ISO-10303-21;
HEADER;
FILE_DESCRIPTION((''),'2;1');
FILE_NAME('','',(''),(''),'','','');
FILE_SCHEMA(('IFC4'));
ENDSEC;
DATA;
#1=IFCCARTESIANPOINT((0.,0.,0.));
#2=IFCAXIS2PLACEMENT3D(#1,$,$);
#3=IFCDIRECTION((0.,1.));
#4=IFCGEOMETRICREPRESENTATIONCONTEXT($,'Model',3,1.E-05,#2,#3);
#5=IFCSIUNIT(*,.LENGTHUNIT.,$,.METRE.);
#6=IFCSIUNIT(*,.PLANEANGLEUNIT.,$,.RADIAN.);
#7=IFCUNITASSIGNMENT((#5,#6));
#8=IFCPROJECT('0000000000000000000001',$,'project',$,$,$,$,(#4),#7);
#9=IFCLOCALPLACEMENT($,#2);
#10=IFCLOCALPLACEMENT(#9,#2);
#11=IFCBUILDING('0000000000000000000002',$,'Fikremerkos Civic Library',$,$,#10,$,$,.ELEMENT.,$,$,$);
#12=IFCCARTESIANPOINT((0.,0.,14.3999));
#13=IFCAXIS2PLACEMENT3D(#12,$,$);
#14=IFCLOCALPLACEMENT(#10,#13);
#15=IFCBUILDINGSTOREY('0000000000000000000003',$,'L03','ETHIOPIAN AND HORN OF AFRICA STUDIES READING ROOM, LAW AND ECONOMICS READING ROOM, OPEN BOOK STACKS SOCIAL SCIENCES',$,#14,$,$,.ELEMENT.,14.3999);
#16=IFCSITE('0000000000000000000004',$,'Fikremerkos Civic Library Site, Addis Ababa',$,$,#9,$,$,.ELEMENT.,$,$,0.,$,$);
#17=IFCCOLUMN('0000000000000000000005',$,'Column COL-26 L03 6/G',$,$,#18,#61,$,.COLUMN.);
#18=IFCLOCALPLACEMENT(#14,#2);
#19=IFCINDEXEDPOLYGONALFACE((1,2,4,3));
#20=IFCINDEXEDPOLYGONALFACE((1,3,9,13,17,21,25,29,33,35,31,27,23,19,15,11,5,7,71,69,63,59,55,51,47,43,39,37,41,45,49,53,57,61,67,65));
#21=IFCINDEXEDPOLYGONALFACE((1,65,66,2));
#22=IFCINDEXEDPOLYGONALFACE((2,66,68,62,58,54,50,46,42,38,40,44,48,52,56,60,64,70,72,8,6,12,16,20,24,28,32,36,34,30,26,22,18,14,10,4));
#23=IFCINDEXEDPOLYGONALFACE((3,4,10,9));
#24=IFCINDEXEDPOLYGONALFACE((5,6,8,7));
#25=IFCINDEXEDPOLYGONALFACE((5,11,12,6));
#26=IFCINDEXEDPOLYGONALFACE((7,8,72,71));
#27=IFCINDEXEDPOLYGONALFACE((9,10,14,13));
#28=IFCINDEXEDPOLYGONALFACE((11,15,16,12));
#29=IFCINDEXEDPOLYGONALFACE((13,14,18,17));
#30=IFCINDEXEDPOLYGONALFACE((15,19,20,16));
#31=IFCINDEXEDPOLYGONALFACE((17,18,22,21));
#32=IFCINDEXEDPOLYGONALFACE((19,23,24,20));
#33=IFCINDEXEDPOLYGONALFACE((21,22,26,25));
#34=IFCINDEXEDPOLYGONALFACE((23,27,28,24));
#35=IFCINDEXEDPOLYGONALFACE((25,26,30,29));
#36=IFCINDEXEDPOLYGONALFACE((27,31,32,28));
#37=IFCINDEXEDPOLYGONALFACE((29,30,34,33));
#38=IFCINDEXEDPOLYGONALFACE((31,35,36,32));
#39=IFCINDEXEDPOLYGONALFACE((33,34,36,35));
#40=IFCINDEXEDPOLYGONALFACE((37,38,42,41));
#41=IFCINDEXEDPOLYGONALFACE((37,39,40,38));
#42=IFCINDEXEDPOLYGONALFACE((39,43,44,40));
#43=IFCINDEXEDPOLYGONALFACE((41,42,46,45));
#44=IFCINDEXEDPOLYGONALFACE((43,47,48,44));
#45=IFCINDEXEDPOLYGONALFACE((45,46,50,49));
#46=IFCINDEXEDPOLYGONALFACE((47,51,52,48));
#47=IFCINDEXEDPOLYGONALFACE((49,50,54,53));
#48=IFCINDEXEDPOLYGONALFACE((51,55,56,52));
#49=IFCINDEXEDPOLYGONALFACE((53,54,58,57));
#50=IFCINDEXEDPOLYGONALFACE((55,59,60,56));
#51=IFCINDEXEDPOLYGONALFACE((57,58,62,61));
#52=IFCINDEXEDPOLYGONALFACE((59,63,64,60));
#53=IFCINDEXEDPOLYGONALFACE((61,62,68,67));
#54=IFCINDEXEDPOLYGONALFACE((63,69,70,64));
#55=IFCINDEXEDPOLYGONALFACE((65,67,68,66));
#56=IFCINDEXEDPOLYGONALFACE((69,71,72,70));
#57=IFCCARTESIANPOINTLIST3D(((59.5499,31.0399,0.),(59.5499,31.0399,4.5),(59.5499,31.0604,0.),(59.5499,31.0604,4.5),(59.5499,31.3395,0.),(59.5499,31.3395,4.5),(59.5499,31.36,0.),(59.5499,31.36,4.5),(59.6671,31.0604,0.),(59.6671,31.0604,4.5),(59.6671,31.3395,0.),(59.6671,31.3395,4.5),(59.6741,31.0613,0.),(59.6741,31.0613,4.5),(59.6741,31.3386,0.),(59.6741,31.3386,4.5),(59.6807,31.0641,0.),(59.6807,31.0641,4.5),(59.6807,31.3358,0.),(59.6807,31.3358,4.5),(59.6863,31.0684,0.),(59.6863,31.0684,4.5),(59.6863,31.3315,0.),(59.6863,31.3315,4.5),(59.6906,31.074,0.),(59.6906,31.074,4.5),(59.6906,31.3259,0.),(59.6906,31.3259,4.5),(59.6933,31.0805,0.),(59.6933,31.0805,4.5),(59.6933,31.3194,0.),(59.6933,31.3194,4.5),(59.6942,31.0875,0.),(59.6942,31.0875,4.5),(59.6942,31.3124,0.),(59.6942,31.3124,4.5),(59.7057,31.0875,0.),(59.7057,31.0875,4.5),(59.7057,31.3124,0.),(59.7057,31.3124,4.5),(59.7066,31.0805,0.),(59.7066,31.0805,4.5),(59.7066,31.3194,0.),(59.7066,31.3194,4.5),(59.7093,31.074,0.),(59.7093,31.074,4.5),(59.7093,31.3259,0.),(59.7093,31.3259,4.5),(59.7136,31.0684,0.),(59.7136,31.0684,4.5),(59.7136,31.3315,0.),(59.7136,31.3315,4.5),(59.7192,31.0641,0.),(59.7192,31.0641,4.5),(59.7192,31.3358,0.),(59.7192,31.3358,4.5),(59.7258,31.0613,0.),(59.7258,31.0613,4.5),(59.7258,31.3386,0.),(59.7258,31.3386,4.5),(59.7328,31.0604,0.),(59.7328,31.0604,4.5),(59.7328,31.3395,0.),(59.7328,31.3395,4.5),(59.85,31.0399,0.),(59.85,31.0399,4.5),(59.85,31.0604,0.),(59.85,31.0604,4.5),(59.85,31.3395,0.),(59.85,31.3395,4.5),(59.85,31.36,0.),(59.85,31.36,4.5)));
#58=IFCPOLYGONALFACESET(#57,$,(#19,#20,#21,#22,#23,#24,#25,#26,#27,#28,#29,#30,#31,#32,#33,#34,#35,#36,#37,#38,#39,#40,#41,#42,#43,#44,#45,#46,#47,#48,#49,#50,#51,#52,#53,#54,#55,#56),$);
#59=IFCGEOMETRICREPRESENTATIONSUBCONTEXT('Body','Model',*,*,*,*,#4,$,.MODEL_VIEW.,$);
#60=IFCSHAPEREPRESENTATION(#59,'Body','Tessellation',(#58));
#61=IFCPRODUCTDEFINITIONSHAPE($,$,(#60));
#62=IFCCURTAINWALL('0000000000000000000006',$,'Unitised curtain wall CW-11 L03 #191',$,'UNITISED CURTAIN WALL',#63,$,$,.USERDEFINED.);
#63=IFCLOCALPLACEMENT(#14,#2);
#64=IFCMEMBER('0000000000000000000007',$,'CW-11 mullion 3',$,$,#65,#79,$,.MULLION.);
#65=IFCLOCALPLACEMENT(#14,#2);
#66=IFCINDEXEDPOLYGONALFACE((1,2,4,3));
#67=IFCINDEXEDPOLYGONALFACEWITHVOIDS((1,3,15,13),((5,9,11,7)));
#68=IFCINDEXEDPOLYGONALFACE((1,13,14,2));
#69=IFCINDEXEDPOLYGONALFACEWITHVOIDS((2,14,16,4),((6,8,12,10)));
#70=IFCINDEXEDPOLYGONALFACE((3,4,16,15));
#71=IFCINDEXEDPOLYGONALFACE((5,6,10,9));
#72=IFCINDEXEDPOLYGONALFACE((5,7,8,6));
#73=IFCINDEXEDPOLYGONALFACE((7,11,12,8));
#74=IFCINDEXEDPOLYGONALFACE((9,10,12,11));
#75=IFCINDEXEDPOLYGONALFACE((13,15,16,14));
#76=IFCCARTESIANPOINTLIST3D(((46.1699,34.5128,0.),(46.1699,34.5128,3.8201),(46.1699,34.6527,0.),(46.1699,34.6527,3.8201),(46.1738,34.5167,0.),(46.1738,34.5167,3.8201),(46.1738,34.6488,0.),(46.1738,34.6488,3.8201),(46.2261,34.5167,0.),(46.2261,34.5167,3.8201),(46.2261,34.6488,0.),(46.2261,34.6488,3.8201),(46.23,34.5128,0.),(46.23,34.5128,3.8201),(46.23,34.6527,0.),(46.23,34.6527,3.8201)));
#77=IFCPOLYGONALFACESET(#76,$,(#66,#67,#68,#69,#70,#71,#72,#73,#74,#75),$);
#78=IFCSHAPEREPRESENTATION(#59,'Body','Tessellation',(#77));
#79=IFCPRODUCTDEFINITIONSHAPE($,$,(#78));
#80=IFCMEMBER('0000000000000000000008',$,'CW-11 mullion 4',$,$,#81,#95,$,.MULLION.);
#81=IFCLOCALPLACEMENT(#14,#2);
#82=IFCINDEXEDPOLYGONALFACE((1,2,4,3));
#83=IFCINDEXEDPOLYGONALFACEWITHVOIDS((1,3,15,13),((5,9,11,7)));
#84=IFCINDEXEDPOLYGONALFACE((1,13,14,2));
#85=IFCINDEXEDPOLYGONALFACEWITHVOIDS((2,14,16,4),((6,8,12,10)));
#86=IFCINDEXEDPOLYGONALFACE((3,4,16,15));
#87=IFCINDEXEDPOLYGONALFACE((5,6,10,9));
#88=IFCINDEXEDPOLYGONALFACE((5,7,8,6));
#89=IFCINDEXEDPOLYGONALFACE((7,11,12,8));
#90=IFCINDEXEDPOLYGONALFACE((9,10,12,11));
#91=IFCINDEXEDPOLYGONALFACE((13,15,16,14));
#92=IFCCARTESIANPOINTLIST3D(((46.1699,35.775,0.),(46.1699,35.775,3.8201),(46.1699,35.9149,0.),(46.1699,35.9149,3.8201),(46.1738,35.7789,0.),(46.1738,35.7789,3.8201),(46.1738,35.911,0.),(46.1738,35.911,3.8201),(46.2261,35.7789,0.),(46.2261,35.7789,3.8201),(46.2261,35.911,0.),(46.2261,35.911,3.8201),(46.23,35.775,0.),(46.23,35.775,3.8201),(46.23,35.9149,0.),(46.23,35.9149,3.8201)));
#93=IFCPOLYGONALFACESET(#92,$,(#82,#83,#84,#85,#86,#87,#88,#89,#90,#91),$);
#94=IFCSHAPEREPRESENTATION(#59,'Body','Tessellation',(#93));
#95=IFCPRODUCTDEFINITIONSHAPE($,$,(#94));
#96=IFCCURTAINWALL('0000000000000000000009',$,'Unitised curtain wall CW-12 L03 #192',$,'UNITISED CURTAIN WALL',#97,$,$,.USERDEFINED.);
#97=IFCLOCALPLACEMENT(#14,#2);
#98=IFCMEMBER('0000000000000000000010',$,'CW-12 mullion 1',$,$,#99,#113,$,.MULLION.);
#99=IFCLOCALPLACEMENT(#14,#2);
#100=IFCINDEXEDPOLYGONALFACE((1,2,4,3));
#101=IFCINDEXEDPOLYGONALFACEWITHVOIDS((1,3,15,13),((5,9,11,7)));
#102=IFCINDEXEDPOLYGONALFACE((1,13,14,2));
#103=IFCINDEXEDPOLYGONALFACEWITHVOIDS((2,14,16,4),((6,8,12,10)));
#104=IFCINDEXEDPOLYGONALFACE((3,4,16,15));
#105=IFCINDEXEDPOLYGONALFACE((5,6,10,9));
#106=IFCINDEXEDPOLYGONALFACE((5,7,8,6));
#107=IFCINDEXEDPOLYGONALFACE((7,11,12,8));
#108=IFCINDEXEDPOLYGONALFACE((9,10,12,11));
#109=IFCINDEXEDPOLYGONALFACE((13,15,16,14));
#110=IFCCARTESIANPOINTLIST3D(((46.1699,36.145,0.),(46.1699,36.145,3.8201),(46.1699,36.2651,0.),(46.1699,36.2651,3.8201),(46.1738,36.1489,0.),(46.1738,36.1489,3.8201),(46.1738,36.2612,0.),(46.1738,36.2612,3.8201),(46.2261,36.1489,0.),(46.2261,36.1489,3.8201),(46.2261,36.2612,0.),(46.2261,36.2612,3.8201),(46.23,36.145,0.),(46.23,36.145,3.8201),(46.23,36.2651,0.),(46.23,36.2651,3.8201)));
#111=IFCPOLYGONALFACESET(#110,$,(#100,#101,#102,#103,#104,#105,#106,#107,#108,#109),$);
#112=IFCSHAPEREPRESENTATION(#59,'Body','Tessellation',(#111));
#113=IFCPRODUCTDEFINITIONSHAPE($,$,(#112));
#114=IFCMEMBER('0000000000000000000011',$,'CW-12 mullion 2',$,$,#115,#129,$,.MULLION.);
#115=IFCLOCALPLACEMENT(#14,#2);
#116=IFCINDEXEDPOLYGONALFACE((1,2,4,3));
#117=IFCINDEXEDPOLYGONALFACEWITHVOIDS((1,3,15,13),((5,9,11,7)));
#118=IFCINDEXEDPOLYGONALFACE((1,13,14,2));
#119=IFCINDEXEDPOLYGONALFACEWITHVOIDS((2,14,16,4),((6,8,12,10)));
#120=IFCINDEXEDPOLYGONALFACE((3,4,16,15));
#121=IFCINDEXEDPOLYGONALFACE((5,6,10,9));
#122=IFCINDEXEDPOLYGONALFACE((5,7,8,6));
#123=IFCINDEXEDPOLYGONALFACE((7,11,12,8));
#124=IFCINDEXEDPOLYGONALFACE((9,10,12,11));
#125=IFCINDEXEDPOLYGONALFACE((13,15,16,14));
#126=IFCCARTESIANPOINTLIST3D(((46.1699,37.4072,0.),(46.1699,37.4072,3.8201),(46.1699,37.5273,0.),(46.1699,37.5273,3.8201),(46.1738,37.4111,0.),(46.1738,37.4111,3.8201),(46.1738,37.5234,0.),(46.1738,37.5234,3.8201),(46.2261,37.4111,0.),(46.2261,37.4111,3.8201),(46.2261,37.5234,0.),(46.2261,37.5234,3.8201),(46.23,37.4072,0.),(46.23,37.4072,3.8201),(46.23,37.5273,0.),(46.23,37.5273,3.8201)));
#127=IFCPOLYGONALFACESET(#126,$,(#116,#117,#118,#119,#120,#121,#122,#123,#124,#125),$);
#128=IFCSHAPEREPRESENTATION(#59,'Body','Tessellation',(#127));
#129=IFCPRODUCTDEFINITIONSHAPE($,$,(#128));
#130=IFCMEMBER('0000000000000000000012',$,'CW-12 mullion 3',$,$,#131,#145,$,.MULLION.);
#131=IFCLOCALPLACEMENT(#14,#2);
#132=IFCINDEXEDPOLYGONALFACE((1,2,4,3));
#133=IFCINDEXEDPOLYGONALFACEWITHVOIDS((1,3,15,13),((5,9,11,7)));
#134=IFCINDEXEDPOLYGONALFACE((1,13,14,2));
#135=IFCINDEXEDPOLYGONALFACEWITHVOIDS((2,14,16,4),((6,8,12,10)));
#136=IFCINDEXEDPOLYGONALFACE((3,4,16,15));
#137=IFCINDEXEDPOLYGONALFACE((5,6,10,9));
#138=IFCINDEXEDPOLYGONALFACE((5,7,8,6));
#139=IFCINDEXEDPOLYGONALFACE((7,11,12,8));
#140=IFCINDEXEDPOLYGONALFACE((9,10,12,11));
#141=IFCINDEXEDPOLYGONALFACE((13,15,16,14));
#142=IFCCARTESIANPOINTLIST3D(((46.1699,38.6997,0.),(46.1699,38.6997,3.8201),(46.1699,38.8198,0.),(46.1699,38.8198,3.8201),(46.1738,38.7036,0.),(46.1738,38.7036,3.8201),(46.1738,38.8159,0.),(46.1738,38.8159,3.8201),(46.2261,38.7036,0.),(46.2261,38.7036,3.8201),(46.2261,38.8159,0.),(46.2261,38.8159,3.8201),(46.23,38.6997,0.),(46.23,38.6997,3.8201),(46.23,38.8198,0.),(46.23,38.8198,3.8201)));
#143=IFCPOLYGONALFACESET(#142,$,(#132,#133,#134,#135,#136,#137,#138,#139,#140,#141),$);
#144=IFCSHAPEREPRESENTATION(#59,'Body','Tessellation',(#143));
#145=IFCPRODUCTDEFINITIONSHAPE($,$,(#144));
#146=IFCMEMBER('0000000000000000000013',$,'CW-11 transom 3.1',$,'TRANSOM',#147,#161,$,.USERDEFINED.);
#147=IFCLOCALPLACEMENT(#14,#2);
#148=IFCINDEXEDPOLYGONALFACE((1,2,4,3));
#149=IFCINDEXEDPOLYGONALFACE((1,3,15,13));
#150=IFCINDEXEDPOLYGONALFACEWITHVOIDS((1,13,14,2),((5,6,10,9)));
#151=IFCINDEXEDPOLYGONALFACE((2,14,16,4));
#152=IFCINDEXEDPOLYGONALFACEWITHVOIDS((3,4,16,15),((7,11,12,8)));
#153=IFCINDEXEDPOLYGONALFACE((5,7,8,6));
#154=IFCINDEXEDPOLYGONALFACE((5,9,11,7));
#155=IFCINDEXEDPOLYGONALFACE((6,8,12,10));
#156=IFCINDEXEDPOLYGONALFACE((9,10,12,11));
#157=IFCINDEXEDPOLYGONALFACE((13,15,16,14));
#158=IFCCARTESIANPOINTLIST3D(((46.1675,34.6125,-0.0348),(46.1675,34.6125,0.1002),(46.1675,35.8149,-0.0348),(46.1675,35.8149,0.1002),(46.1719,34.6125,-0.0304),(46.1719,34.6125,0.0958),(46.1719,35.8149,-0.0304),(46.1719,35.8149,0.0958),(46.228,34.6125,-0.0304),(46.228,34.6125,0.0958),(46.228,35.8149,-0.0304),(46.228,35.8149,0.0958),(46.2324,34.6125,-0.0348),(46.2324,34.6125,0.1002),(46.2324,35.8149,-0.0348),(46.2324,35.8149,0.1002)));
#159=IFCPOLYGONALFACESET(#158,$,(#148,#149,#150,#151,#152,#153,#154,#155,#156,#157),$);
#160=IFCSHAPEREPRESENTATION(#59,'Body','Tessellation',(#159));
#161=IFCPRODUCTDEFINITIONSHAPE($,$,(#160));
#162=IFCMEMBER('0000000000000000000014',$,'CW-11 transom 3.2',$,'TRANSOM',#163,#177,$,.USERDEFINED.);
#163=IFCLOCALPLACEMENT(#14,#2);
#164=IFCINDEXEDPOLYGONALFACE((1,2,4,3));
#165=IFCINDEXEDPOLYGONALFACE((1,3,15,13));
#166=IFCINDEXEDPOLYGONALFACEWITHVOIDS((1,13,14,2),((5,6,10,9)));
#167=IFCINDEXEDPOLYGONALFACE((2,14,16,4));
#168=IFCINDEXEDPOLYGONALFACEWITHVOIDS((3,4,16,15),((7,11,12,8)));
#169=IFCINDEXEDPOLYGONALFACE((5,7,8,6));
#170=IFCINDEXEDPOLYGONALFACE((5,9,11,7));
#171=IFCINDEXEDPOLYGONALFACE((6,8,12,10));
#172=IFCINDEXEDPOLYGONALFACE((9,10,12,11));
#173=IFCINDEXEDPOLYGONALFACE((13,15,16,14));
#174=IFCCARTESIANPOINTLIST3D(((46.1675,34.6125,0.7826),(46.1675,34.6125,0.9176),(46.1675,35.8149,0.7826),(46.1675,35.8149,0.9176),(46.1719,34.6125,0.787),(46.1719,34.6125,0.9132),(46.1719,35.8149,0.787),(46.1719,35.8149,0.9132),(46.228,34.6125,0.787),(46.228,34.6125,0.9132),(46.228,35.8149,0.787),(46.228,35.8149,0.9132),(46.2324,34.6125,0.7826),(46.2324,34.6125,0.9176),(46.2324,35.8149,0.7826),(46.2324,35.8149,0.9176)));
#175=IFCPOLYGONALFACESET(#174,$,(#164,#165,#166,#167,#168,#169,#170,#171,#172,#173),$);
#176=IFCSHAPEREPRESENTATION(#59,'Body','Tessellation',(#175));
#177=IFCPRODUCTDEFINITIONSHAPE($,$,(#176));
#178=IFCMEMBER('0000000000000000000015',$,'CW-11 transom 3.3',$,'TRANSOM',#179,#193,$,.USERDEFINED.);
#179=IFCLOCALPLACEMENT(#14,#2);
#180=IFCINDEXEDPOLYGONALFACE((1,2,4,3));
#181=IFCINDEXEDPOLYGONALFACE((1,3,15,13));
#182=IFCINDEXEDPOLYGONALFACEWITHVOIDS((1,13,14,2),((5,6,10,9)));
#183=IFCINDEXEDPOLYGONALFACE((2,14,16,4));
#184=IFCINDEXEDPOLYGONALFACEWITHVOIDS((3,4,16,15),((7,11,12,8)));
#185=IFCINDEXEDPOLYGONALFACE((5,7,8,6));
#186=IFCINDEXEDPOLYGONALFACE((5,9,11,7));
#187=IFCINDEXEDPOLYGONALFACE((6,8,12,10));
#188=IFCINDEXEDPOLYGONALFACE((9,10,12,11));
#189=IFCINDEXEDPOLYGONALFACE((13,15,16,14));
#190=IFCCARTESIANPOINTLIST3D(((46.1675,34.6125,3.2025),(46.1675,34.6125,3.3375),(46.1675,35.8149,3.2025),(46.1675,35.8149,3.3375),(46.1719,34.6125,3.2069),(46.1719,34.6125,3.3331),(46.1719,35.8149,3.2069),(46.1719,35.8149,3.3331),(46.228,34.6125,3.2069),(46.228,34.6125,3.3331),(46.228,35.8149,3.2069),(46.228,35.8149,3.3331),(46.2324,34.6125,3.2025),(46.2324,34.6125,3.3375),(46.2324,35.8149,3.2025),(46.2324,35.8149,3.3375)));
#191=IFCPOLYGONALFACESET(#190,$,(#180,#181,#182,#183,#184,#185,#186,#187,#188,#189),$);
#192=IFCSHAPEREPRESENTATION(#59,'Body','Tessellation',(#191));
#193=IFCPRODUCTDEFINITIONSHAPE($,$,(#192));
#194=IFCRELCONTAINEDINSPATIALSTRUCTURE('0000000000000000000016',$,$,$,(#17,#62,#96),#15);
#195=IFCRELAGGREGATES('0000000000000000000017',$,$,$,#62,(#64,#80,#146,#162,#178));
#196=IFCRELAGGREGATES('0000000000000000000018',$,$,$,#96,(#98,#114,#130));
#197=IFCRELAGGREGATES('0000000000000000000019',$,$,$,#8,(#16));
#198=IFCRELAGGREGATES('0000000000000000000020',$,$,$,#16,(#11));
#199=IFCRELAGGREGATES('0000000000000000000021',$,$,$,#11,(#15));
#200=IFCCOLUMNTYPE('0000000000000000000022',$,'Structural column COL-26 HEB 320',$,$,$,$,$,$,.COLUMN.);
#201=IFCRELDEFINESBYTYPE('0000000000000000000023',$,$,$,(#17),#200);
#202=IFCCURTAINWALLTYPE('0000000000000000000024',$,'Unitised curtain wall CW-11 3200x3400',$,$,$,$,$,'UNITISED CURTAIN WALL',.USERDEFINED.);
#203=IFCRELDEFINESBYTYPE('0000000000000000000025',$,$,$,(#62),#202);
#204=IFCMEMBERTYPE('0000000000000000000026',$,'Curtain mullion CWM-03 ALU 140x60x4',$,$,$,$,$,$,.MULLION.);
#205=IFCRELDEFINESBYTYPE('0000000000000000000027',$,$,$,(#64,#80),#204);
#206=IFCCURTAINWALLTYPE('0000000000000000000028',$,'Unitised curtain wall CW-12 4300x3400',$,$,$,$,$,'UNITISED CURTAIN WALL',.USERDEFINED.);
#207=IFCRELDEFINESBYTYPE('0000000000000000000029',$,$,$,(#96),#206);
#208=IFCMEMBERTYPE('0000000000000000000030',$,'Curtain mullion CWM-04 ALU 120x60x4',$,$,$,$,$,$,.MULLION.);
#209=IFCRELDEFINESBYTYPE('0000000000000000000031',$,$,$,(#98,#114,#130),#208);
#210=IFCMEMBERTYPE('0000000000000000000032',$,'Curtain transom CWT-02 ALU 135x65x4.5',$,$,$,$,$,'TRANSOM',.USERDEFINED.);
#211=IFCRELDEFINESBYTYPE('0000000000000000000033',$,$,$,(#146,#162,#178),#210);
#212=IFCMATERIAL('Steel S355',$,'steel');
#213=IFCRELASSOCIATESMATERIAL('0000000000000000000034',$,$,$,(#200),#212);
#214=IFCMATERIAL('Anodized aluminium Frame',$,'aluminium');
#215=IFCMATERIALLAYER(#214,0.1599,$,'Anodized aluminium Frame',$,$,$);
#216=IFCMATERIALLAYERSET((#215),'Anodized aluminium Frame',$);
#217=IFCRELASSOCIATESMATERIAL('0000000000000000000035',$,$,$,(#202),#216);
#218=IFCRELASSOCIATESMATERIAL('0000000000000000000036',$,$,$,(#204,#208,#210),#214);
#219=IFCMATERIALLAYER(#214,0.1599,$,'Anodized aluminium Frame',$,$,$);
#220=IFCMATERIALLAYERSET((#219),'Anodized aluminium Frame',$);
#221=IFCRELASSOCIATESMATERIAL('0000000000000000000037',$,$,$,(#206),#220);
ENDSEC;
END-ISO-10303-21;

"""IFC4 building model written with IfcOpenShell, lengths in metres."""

from ifc_helpers import new_model, si_unit, direction, frame, origin, origin_2d, place, context, subcontext, project, spatial, hollow_rectangle, i_section, extrude, material, layer, layer_set, material_profile, profile_set, type_object, element, aggregate, save


model = new_model("IFC4")

# Units and contexts
model_context = context("Model", 3, precision=1e-05, world=origin(), true_north=direction((0.0, 1.0)))
body_context = subcontext(model_context, "Body", "Model", "MODEL_VIEW")
ifc_project = project(units=[si_unit("LENGTHUNIT", "METRE"), si_unit("PLANEANGLEUNIT", "RADIAN")], contexts=[model_context])

# Site, building, storey
site_placement = place(None, origin())
site = spatial("IfcSite", under=ifc_project, at=site_placement, Name="Fikremerkos Civic Library Site, Addis Ababa", CompositionType="ELEMENT", RefElevation=0.0)
building_placement = place(site_placement, origin())
building = spatial("IfcBuilding", under=site, at=building_placement, Name="Fikremerkos Civic Library", CompositionType="ELEMENT")
storey_placement = place(building_placement, frame((0.0, 0.0, 14.3999)))
storey = spatial("IfcBuildingStorey", under=building, at=storey_placement, Name="L03", Description="ETHIOPIAN AND HORN OF AFRICA STUDIES READING ROOM, LAW AND ECONOMICS READING ROOM, OPEN BOOK STACKS SOCIAL SCIENCES", CompositionType="ELEMENT", Elevation=14.3999)

# Column
ifc_material_1 = material(Name="Steel S355", Category="steel")
ifc_material_profile_1 = material_profile(ifc_material_1, i_section(OverallWidth=0.3, OverallDepth=0.3201, WebThickness=0.0115, FlangeThickness=0.0205, FilletRadius=0.0271, at=origin_2d()), Name="HEB 320")
ifc_profile_set_1 = profile_set([ifc_material_profile_1], Name="Steel S355")
column_type = type_object("IfcColumnType", Name="Structural column COL-26 HEB 320", PredefinedType="COLUMN", material=ifc_profile_set_1)
column_placement = place(storey_placement, frame((59.7, 31.2, 0.0), z_axis=(0.0, 0.0, 1.0), x_axis=(1.0, 0.0, 0.0)))
element("IfcColumn", 1, at=column_placement, inside=storey, type_object=column_type, Name="Column COL-26 L03 6/G", PredefinedType="COLUMN", context=body_context, shape_type="SweptSolid", body=[
    extrude(i_section(OverallWidth=0.3, OverallDepth=0.3201, WebThickness=0.0115, FlangeThickness=0.0205, FilletRadius=0.0271, at=origin_2d()), origin(), (0.0, 0.0, 1.0), 4.5),
])

# Curtain walls, members
ifc_material_2 = material(Name="Anodized aluminium Frame", Category="aluminium")
ifc_layer_1 = layer(ifc_material_2, 0.1599, Name="Anodized aluminium Frame")
ifc_layer_set_1 = layer_set([ifc_layer_1], Name="Anodized aluminium Frame")
curtain_wall_type_1 = type_object("IfcCurtainWallType", Name="Unitised curtain wall CW-11 3200x3400", ElementType="UNITISED CURTAIN WALL", PredefinedType="USERDEFINED", material=ifc_layer_set_1)
curtain_wall_1_placement = place(storey_placement, origin())
curtain_wall_1 = element("IfcCurtainWall", 2, at=curtain_wall_1_placement, inside=storey, type_object=curtain_wall_type_1, Name="Unitised curtain wall CW-11 L03 #191", ObjectType="UNITISED CURTAIN WALL", PredefinedType="USERDEFINED")
ifc_material_profile_2 = material_profile(ifc_material_2, hollow_rectangle(XDim=0.0601, YDim=0.1399, WallThickness=0.0039, at=origin_2d()), Name="ALU 140x60x4")
ifc_profile_set_2 = profile_set([ifc_material_profile_2], Name="Anodized aluminium Frame")
member_type_1 = type_object("IfcMemberType", Name="Curtain mullion CWM-03 ALU 140x60x4", PredefinedType="MULLION", material=ifc_profile_set_2)
member_1_placement = place(storey_placement, frame((46.2, 34.5828, 0.0), z_axis=(0.0, 0.0, 1.0), x_axis=(-1.0, 0.0, 0.0)))
member_1 = element("IfcMember", 3, at=member_1_placement, type_object=member_type_1, Name="CW-11 mullion 3", PredefinedType="MULLION", context=body_context, shape_type="SweptSolid", body=[
    extrude(hollow_rectangle(XDim=0.0601, YDim=0.1399, WallThickness=0.0039, at=origin_2d()), origin(), (0.0, 0.0, 1.0), 3.8201),
])
member_2_placement = place(storey_placement, frame((46.2, 35.845, 0.0), z_axis=(0.0, 0.0, 1.0), x_axis=(-1.0, 0.0, 0.0)))
member_2 = element("IfcMember", 4, at=member_2_placement, type_object=member_type_1, Name="CW-11 mullion 4", PredefinedType="MULLION", context=body_context, shape_type="SweptSolid", body=[
    extrude(hollow_rectangle(XDim=0.0601, YDim=0.1399, WallThickness=0.0039, at=origin_2d()), origin(), (0.0, 0.0, 1.0), 3.8201),
])
ifc_layer_2 = layer(ifc_material_2, 0.1599, Name="Anodized aluminium Frame")
ifc_layer_set_2 = layer_set([ifc_layer_2], Name="Anodized aluminium Frame")
curtain_wall_type_2 = type_object("IfcCurtainWallType", Name="Unitised curtain wall CW-12 4300x3400", ElementType="UNITISED CURTAIN WALL", PredefinedType="USERDEFINED", material=ifc_layer_set_2)
curtain_wall_2_placement = place(storey_placement, origin())
curtain_wall_2 = element("IfcCurtainWall", 5, at=curtain_wall_2_placement, inside=storey, type_object=curtain_wall_type_2, Name="Unitised curtain wall CW-12 L03 #192", ObjectType="UNITISED CURTAIN WALL", PredefinedType="USERDEFINED")
ifc_material_profile_3 = material_profile(ifc_material_2, hollow_rectangle(XDim=0.0601, YDim=0.1201, WallThickness=0.0039, at=origin_2d()), Name="ALU 120x60x4")
ifc_profile_set_3 = profile_set([ifc_material_profile_3], Name="Anodized aluminium Frame")
member_type_2 = type_object("IfcMemberType", Name="Curtain mullion CWM-04 ALU 120x60x4", PredefinedType="MULLION", material=ifc_profile_set_3)
member_3_placement = place(storey_placement, frame((46.2, 36.2051, 0.0), z_axis=(0.0, 0.0, 1.0), x_axis=(-1.0, 0.0, 0.0)))
member_3 = element("IfcMember", 6, at=member_3_placement, type_object=member_type_2, Name="CW-12 mullion 1", PredefinedType="MULLION", context=body_context, shape_type="SweptSolid", body=[
    extrude(hollow_rectangle(XDim=0.0601, YDim=0.1201, WallThickness=0.0039, at=origin_2d()), origin(), (0.0, 0.0, 1.0), 3.8201),
])
member_4_placement = place(storey_placement, frame((46.2, 37.4673, 0.0), z_axis=(0.0, 0.0, 1.0), x_axis=(-1.0, 0.0, 0.0)))
member_4 = element("IfcMember", 7, at=member_4_placement, type_object=member_type_2, Name="CW-12 mullion 2", PredefinedType="MULLION", context=body_context, shape_type="SweptSolid", body=[
    extrude(hollow_rectangle(XDim=0.0601, YDim=0.1201, WallThickness=0.0039, at=origin_2d()), origin(), (0.0, 0.0, 1.0), 3.8201),
])
member_5_placement = place(storey_placement, frame((46.2, 38.7598, 0.0), z_axis=(0.0, 0.0, 1.0), x_axis=(-1.0, 0.0, 0.0)))
member_5 = element("IfcMember", 8, at=member_5_placement, type_object=member_type_2, Name="CW-12 mullion 3", PredefinedType="MULLION", context=body_context, shape_type="SweptSolid", body=[
    extrude(hollow_rectangle(XDim=0.0601, YDim=0.1201, WallThickness=0.0039, at=origin_2d()), origin(), (0.0, 0.0, 1.0), 3.8201),
])

# Members
ifc_material_profile_4 = material_profile(ifc_material_2, hollow_rectangle(XDim=0.0649, YDim=0.135, WallThickness=0.0044, at=origin_2d()), Name="ALU 135x65x4.5")
ifc_profile_set_4 = profile_set([ifc_material_profile_4], Name="Anodized aluminium Frame")
member_type_3 = type_object("IfcMemberType", Name="Curtain transom CWT-02 ALU 135x65x4.5", ElementType="TRANSOM", PredefinedType="USERDEFINED", material=ifc_profile_set_4)
member_6_placement = place(storey_placement, frame((46.2, 34.6125, 0.0327), z_axis=(0.0, 1.0, 0.0), x_axis=(-1.0, 0.0, 0.0)))
member_6 = element("IfcMember", 9, at=member_6_placement, type_object=member_type_3, Name="CW-11 transom 3.1", ObjectType="TRANSOM", PredefinedType="USERDEFINED", context=body_context, shape_type="SweptSolid", body=[
    extrude(hollow_rectangle(XDim=0.0649, YDim=0.135, WallThickness=0.0044, at=origin_2d()), origin(), (0.0, 0.0, 1.0), 1.2024),
])
member_7_placement = place(storey_placement, frame((46.2, 34.6125, 0.8501), z_axis=(0.0, 1.0, 0.0), x_axis=(-1.0, 0.0, 0.0)))
member_7 = element("IfcMember", 10, at=member_7_placement, type_object=member_type_3, Name="CW-11 transom 3.2", ObjectType="TRANSOM", PredefinedType="USERDEFINED", context=body_context, shape_type="SweptSolid", body=[
    extrude(hollow_rectangle(XDim=0.0649, YDim=0.135, WallThickness=0.0044, at=origin_2d()), origin(), (0.0, 0.0, 1.0), 1.2024),
])
member_8_placement = place(storey_placement, frame((46.2, 34.6125, 3.27), z_axis=(0.0, 1.0, 0.0), x_axis=(-1.0, 0.0, 0.0)))
member_8 = element("IfcMember", 11, at=member_8_placement, type_object=member_type_3, Name="CW-11 transom 3.3", ObjectType="TRANSOM", PredefinedType="USERDEFINED", context=body_context, shape_type="SweptSolid", body=[
    extrude(hollow_rectangle(XDim=0.0649, YDim=0.135, WallThickness=0.0044, at=origin_2d()), origin(), (0.0, 0.0, 1.0), 1.2024),
])

aggregate(curtain_wall_1, [member_1, member_2, member_6, member_7, member_8])
aggregate(curtain_wall_2, [member_3, member_4, member_5])

save(model, "model.ifc")
